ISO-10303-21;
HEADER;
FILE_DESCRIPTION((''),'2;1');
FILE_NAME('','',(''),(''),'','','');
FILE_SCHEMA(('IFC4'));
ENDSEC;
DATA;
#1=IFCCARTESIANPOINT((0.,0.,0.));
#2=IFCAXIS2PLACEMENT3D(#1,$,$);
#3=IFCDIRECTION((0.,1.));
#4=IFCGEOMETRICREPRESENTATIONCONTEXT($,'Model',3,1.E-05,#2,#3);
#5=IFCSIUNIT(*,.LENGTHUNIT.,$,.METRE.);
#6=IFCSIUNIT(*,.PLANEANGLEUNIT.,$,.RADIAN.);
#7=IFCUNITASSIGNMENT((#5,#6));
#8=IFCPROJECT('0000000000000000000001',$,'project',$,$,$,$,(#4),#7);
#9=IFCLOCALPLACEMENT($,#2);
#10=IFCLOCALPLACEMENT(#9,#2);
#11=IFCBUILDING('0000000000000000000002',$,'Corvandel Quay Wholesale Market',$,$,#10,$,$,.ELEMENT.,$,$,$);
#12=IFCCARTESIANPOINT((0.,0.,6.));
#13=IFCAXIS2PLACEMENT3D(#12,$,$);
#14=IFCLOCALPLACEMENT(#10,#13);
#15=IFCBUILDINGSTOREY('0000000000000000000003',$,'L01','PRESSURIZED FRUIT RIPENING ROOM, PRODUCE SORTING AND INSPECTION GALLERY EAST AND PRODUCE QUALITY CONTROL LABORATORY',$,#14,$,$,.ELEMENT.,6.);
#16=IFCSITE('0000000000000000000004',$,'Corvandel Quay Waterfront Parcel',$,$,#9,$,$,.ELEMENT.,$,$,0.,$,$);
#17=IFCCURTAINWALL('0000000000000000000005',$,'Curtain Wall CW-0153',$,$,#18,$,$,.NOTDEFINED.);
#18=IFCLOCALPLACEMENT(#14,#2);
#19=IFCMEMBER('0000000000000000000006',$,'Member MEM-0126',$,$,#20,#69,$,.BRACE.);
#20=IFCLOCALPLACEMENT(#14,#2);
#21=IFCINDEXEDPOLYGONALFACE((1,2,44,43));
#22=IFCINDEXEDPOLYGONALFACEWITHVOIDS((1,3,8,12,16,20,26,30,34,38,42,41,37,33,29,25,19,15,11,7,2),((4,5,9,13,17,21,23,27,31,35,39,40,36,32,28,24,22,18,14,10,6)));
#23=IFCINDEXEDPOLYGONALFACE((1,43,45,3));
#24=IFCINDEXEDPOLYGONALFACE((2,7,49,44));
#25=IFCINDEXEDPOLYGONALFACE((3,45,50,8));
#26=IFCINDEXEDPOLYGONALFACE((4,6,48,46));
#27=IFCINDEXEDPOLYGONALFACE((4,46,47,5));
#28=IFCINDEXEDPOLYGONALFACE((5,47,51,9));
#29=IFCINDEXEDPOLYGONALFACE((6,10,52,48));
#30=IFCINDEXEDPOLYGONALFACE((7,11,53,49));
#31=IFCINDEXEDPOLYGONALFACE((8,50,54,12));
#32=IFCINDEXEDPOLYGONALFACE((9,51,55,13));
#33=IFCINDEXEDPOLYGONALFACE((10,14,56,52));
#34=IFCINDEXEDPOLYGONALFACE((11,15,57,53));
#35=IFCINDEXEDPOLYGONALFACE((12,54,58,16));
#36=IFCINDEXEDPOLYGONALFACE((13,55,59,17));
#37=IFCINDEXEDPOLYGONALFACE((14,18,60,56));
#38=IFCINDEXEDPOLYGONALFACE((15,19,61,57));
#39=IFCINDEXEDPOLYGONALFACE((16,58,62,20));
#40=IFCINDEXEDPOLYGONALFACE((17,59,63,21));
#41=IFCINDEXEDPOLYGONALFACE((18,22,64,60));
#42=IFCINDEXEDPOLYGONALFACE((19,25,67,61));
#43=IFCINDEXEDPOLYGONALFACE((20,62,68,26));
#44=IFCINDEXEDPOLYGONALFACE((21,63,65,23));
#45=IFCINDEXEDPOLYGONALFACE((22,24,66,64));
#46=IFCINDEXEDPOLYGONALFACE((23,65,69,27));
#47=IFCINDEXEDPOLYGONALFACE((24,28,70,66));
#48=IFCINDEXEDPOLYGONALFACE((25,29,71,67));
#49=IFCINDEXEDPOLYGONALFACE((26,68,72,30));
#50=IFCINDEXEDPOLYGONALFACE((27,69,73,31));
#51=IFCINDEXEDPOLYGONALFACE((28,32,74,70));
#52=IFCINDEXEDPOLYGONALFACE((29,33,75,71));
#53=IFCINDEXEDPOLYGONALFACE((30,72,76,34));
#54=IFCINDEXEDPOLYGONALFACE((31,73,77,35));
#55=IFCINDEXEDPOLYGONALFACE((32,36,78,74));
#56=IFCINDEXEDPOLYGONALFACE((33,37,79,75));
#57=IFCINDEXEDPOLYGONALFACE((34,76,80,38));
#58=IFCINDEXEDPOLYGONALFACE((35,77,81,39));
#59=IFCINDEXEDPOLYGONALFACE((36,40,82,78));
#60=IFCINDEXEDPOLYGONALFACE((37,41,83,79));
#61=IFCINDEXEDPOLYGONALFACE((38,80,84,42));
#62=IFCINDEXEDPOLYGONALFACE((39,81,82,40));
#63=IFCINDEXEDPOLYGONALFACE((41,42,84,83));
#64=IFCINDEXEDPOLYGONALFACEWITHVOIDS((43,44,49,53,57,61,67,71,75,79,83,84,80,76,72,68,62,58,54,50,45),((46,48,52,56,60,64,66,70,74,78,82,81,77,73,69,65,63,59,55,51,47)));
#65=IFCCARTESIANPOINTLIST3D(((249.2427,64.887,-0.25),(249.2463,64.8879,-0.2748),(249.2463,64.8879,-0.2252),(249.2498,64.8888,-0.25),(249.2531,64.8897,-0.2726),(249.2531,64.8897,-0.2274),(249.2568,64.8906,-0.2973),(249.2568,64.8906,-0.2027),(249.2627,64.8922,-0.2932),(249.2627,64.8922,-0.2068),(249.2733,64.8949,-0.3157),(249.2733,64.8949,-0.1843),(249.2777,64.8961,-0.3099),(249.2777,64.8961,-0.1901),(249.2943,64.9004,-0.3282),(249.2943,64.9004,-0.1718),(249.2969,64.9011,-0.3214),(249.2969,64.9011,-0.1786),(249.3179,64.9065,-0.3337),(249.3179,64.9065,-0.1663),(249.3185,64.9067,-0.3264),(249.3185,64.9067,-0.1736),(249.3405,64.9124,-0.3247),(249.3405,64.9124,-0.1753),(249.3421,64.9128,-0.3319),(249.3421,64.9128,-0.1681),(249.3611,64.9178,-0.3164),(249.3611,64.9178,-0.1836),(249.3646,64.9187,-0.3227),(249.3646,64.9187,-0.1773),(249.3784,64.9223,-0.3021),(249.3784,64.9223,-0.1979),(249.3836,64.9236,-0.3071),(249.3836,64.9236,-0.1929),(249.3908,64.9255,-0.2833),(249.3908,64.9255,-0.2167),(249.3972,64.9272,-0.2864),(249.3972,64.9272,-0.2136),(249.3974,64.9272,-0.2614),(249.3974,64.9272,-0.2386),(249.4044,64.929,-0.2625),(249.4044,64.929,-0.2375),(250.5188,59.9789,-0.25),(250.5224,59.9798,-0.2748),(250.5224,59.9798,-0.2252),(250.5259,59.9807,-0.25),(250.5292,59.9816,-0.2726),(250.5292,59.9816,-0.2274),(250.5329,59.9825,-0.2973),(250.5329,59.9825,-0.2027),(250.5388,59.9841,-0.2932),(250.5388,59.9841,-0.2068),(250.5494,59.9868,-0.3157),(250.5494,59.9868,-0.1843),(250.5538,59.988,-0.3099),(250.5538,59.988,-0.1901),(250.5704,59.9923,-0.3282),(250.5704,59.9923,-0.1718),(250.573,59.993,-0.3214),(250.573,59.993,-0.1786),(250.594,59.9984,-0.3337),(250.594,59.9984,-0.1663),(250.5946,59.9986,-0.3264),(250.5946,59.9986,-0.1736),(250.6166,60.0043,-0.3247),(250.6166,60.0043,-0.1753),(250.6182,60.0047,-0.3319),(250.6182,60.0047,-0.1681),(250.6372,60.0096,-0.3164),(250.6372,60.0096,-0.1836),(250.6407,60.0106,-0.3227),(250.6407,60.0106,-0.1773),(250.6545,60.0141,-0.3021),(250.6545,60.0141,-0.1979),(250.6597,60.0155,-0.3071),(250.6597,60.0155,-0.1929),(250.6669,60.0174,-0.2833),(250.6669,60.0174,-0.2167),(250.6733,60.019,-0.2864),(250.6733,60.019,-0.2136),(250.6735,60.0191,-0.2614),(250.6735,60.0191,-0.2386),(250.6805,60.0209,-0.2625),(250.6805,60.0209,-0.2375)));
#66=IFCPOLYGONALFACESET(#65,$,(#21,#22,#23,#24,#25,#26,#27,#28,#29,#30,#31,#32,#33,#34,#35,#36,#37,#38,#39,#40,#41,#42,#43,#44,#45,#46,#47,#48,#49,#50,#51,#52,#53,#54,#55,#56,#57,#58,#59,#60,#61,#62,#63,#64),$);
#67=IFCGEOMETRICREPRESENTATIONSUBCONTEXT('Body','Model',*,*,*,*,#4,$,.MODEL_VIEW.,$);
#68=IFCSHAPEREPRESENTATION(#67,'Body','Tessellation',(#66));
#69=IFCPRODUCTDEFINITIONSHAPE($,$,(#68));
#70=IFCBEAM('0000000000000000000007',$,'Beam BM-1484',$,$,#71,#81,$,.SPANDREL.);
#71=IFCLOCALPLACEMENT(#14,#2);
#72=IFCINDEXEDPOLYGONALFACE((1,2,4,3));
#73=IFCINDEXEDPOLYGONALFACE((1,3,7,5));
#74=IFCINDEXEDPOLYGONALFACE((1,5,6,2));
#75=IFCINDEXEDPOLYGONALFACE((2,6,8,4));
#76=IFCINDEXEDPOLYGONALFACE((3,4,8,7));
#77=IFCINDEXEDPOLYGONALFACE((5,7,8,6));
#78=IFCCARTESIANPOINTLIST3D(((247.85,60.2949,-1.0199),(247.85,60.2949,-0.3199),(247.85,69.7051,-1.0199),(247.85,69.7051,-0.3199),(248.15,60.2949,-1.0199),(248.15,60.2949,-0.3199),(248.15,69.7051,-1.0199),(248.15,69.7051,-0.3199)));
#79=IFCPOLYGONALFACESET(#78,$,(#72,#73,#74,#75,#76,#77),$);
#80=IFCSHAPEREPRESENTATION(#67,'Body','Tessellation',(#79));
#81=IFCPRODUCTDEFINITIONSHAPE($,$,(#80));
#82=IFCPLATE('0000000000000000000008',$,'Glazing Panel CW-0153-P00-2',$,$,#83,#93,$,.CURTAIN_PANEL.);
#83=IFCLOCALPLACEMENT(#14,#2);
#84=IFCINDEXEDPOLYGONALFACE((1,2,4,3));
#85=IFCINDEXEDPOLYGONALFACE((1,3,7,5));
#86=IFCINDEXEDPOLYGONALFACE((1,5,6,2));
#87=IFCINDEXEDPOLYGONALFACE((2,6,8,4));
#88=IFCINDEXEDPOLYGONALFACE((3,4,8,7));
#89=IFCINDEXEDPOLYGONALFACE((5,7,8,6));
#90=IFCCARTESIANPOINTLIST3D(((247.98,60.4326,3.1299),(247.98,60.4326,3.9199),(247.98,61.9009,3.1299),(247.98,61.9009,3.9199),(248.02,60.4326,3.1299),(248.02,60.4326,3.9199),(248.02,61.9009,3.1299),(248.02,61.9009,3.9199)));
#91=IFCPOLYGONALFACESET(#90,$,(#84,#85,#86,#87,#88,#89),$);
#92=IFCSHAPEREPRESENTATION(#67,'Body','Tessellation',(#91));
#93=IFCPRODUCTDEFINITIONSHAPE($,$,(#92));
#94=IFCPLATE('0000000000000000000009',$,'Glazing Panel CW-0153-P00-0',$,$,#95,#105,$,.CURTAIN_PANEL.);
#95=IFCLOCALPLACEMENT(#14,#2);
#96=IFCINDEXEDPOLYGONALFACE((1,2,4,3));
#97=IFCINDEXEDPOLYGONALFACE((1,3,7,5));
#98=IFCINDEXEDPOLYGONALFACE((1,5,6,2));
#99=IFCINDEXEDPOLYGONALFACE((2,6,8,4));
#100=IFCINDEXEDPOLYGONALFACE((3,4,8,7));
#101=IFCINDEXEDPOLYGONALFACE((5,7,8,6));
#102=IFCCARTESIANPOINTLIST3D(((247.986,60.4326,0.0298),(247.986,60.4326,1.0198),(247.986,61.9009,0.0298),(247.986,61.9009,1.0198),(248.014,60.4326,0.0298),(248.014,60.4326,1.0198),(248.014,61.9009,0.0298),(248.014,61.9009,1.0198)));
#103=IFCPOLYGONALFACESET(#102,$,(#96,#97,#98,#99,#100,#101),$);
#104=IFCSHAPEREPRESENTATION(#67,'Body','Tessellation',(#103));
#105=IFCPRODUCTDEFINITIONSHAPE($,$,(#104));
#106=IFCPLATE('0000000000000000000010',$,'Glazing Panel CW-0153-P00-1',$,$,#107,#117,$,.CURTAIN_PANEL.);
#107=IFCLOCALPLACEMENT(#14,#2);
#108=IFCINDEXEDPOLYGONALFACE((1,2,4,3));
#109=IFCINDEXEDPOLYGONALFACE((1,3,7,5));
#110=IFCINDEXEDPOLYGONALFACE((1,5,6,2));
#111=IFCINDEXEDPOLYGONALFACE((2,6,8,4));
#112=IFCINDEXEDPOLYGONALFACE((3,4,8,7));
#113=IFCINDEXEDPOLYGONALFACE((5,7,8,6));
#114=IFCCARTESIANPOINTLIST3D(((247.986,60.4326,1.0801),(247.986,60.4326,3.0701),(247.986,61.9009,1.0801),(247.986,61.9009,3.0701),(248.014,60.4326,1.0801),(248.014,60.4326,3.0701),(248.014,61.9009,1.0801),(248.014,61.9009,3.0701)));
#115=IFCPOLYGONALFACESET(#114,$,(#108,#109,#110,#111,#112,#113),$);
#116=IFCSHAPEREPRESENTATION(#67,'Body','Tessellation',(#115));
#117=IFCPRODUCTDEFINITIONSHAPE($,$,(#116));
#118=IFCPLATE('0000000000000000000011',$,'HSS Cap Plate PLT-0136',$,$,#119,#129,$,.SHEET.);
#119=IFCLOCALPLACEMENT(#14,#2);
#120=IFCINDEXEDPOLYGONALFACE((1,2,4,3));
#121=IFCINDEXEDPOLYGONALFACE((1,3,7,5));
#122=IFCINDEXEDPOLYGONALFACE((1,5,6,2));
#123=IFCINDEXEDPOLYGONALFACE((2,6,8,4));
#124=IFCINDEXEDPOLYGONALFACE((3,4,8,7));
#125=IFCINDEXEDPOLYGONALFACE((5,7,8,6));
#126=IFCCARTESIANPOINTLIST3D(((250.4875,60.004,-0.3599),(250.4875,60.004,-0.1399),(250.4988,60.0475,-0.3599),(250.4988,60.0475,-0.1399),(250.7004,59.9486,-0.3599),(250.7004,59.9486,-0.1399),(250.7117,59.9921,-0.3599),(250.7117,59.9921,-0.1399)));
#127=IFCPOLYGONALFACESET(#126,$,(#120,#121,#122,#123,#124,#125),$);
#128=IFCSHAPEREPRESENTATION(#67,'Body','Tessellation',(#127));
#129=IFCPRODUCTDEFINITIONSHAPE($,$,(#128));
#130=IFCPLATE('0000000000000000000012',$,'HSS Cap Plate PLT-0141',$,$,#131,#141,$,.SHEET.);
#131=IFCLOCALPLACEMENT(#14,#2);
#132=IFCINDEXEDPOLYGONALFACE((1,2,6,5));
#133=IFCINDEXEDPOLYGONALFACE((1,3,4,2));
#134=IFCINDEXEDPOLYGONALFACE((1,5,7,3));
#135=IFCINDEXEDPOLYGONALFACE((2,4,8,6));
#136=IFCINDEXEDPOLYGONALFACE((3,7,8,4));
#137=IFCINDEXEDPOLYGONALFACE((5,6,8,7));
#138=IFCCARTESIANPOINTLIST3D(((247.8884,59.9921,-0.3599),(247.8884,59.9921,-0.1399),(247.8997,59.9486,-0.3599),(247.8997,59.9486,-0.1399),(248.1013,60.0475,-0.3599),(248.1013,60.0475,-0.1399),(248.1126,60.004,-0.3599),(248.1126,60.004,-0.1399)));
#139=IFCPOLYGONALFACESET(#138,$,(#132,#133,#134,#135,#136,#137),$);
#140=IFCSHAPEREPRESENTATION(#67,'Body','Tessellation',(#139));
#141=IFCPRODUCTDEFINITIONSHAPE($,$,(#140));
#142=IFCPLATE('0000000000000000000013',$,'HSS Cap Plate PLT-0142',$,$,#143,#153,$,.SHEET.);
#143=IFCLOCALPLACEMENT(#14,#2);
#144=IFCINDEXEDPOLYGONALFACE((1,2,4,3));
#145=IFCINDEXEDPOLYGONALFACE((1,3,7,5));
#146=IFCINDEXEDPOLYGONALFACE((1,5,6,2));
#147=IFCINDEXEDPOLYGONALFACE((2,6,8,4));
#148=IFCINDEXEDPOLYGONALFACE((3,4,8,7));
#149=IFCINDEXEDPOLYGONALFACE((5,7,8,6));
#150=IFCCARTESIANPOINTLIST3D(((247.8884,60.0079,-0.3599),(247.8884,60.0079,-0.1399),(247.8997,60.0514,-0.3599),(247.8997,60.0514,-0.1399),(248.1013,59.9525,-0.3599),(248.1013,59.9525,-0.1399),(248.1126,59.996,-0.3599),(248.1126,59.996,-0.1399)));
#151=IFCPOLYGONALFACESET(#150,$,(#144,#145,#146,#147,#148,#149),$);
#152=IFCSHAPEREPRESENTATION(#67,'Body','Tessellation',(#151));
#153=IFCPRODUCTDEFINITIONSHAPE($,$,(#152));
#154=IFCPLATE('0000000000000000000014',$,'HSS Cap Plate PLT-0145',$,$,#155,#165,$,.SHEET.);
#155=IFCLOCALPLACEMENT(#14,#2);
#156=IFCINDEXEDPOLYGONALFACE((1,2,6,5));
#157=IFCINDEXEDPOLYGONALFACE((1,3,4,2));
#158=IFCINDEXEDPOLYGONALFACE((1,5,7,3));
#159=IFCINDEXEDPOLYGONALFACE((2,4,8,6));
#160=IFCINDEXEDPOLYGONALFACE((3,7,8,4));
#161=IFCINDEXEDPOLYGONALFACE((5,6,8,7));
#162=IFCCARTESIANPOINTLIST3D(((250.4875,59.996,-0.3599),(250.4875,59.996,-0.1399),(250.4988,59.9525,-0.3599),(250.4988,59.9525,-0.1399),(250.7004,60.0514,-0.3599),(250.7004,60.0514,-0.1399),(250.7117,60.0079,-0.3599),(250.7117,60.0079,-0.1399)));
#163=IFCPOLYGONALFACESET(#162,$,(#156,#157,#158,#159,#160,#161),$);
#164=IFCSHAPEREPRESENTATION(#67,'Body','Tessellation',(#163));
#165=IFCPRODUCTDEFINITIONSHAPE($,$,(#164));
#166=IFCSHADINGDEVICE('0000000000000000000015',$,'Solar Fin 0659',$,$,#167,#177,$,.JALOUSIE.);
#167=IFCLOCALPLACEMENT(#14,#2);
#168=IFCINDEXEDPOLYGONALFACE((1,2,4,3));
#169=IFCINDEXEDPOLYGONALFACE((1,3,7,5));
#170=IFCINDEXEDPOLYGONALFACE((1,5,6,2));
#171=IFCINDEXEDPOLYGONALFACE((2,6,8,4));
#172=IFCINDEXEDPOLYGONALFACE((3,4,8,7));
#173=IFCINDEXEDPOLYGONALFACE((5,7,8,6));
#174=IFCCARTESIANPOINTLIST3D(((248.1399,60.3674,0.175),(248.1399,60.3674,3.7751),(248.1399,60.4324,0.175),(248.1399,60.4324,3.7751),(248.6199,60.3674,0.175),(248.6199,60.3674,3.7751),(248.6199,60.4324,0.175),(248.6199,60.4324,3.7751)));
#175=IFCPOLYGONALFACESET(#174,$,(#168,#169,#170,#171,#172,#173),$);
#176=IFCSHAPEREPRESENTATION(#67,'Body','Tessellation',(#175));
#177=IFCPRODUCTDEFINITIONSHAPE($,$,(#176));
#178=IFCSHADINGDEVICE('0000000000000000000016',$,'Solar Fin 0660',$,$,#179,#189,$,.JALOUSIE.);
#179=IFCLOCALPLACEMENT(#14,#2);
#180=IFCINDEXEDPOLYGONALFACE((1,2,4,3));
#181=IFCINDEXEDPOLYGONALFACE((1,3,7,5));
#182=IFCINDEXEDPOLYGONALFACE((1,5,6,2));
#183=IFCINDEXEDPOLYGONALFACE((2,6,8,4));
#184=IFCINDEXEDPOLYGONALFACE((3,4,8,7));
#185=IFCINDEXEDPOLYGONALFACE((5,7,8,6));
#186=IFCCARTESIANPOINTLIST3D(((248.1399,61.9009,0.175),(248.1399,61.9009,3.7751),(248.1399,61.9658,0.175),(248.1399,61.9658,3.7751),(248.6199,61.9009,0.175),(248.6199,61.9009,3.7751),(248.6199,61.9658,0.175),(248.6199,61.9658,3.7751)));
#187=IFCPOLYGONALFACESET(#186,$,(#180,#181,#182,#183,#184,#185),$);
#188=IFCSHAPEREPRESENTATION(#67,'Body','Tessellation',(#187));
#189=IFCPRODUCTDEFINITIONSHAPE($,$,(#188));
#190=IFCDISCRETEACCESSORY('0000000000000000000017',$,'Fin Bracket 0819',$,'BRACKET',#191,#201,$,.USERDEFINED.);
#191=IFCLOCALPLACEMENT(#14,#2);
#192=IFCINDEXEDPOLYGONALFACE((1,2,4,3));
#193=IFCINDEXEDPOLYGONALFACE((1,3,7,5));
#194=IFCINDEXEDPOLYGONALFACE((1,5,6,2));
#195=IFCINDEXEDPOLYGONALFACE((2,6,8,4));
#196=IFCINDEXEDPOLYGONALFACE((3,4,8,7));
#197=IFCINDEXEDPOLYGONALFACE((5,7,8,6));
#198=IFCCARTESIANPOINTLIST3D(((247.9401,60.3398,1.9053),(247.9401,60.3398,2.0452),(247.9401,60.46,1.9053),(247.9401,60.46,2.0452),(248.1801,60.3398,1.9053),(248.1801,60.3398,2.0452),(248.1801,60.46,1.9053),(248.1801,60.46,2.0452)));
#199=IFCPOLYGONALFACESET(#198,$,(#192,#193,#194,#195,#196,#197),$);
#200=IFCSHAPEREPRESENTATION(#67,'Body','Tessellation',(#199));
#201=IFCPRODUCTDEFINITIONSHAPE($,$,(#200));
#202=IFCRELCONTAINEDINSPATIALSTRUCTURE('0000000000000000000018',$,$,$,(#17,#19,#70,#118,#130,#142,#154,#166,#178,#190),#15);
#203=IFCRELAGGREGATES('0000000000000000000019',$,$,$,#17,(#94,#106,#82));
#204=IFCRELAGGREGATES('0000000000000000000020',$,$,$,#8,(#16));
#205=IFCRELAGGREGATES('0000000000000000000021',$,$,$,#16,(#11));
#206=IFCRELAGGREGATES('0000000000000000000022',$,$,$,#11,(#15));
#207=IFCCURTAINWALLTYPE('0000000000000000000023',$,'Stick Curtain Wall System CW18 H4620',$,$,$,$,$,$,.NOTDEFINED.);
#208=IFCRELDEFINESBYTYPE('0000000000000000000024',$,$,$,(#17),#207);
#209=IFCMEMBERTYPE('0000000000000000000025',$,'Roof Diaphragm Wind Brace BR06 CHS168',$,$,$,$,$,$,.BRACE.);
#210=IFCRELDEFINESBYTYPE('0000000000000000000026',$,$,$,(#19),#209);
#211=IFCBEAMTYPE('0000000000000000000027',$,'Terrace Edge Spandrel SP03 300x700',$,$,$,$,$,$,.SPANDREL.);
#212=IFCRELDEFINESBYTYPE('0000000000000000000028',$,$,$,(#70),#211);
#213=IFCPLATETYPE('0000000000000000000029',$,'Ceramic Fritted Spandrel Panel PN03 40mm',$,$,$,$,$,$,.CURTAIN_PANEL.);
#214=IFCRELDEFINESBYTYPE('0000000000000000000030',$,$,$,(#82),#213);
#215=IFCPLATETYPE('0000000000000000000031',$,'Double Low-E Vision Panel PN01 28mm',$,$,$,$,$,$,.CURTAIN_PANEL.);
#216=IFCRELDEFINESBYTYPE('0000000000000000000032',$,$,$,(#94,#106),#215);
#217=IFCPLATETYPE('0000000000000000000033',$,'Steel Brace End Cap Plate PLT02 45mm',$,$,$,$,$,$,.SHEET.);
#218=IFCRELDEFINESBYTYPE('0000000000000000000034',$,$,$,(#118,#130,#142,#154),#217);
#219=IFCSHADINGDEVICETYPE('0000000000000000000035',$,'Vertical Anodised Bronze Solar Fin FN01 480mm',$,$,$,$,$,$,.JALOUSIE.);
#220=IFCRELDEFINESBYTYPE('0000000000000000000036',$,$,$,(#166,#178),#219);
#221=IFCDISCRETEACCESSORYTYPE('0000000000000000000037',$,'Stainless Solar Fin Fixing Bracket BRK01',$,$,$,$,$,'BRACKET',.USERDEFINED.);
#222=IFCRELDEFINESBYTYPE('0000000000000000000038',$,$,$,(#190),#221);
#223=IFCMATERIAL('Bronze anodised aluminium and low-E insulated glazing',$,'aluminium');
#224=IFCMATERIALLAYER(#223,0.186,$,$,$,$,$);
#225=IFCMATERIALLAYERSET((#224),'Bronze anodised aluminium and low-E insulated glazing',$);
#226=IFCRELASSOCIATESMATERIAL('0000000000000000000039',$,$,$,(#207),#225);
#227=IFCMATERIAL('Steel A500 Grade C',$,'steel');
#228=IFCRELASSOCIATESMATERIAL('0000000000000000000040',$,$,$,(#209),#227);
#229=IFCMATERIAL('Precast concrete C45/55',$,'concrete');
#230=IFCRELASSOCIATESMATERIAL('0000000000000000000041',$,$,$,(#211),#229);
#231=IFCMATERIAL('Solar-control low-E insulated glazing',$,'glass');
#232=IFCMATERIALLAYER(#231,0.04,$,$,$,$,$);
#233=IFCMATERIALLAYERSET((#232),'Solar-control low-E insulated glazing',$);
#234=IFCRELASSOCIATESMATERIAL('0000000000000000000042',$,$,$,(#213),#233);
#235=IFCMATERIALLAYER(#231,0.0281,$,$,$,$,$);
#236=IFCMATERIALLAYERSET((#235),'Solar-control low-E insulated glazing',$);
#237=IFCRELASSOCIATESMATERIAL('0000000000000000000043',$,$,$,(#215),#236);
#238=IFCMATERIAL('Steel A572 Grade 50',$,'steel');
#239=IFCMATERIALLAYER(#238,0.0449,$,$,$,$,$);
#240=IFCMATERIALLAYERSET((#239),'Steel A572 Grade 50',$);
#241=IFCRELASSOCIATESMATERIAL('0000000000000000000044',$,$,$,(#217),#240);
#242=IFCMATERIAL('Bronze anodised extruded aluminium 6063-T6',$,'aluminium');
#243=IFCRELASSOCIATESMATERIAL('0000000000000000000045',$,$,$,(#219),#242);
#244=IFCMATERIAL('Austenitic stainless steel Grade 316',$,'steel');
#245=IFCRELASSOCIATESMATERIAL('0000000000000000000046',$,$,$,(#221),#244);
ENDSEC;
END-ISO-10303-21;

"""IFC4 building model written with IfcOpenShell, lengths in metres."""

from ifc_helpers import new_model, si_unit, direction, frame, origin, origin_2d, place, context, subcontext, project, spatial, rectangle, hollow_circle, extrude, material, layer, layer_set, material_profile, profile_set, type_object, element, aggregate, save


model = new_model("IFC4")

# Units and contexts
model_context = context("Model", 3, precision=1e-05, world=origin(), true_north=direction((0.0, 1.0)))
body_context = subcontext(model_context, "Body", "Model", "MODEL_VIEW")
ifc_project = project(units=[si_unit("LENGTHUNIT", "METRE"), si_unit("PLANEANGLEUNIT", "RADIAN")], contexts=[model_context])

# Site, building, storey
site_placement = place(None, origin())
site = spatial("IfcSite", under=ifc_project, at=site_placement, Name="Corvandel Quay Waterfront Parcel", CompositionType="ELEMENT", RefElevation=0.0)
building_placement = place(site_placement, origin())
building = spatial("IfcBuilding", under=site, at=building_placement, Name="Corvandel Quay Wholesale Market", CompositionType="ELEMENT")
storey_placement = place(building_placement, frame((0.0, 0.0, 6.0)))
storey = spatial("IfcBuildingStorey", under=building, at=storey_placement, Name="L01", Description="PRESSURIZED FRUIT RIPENING ROOM, PRODUCE SORTING AND INSPECTION GALLERY EAST AND PRODUCE QUALITY CONTROL LABORATORY", CompositionType="ELEMENT", Elevation=6.0)

# Curtain wall
ifc_material_1 = material(Name="Bronze anodised aluminium and low-E insulated glazing", Category="aluminium")
ifc_layer_1 = layer(ifc_material_1, 0.186)
ifc_layer_set_1 = layer_set([ifc_layer_1], Name="Bronze anodised aluminium and low-E insulated glazing")
curtain_wall_type = type_object("IfcCurtainWallType", Name="Stick Curtain Wall System CW18 H4620", PredefinedType="NOTDEFINED", material=ifc_layer_set_1)
curtain_wall_placement = place(storey_placement, origin())
curtain_wall = element("IfcCurtainWall", 1, at=curtain_wall_placement, inside=storey, type_object=curtain_wall_type, Name="Curtain Wall CW-0153", PredefinedType="NOTDEFINED")

# Member
ifc_material_2 = material(Name="Steel A500 Grade C", Category="steel")
ifc_material_profile_1 = material_profile(ifc_material_2, hollow_circle(Radius=0.084, WallThickness=0.0073, at=origin_2d()), Name="HSS6.625X0.312")
ifc_profile_set_1 = profile_set([ifc_material_profile_1], Name="Steel A500 Grade C")
member_type_1 = type_object("IfcMemberType", Name="Roof Diaphragm Wind Brace BR06 CHS168", PredefinedType="BRACE", material=ifc_profile_set_1)
member_1_placement = place(storey_placement, frame((250.6001, 60.0, -0.25), z_axis=(-0.251632, 0.967823, 0.0), x_axis=(-0.967823, -0.251632, 0.0)))
element("IfcMember", 2, at=member_1_placement, inside=storey, type_object=member_type_1, Name="Member MEM-0126", PredefinedType="BRACE", context=body_context, shape_type="SweptSolid", body=[
    extrude(hollow_circle(Radius=0.084, WallThickness=0.0073, at=origin_2d()), origin(), (0.0, 0.0, 1.0), 5.0713),
])

# Beam
ifc_material_3 = material(Name="Precast concrete C45/55", Category="concrete")
ifc_material_profile_2 = material_profile(ifc_material_3, rectangle(XDim=0.3, YDim=0.7, at=origin_2d()), Name="PC-SPN-300x700")
ifc_profile_set_2 = profile_set([ifc_material_profile_2], Name="Precast concrete C45/55")
beam_type_1 = type_object("IfcBeamType", Name="Terrace Edge Spandrel SP03 300x700", PredefinedType="SPANDREL", material=ifc_profile_set_2)
beam_1_placement = place(storey_placement, frame((248.0, 60.2949, -0.6699), z_axis=(0.0, 1.0, 0.0), x_axis=(-1.0, 0.0, 0.0)))
element("IfcBeam", 3, at=beam_1_placement, inside=storey, type_object=beam_type_1, Name="Beam BM-1484", PredefinedType="SPANDREL", context=body_context, shape_type="SweptSolid", body=[
    extrude(rectangle(XDim=0.3, YDim=0.7, at=origin_2d()), origin(), (0.0, 0.0, 1.0), 9.4102),
])

# Plates
ifc_material_4 = material(Name="Solar-control low-E insulated glazing", Category="glass")
ifc_layer_2 = layer(ifc_material_4, 0.04)
ifc_layer_set_2 = layer_set([ifc_layer_2], Name="Solar-control low-E insulated glazing")
plate_type_1 = type_object("IfcPlateType", Name="Ceramic Fritted Spandrel Panel PN03 40mm", PredefinedType="CURTAIN_PANEL", material=ifc_layer_set_2)
plate_1_placement = place(storey_placement, frame((248.0, 61.1667, 3.1299), z_axis=(0.0, 0.0, 1.0), x_axis=(0.0, 1.0, 0.0)))
plate_1 = element("IfcPlate", 4, at=plate_1_placement, type_object=plate_type_1, Name="Glazing Panel CW-0153-P00-2", PredefinedType="CURTAIN_PANEL", context=body_context, shape_type="SweptSolid", body=[
    extrude(rectangle(XDim=1.4683, YDim=0.04, at=origin_2d()), origin(), (0.0, 0.0, 1.0), 0.79),
])
ifc_layer_3 = layer(ifc_material_4, 0.0281)
ifc_layer_set_3 = layer_set([ifc_layer_3], Name="Solar-control low-E insulated glazing")
plate_type_2 = type_object("IfcPlateType", Name="Double Low-E Vision Panel PN01 28mm", PredefinedType="CURTAIN_PANEL", material=ifc_layer_set_3)
plate_2_placement = place(storey_placement, frame((248.0, 61.1667, 0.0298), z_axis=(0.0, 0.0, 1.0), x_axis=(0.0, 1.0, 0.0)))
plate_2 = element("IfcPlate", 5, at=plate_2_placement, type_object=plate_type_2, Name="Glazing Panel CW-0153-P00-0", PredefinedType="CURTAIN_PANEL", context=body_context, shape_type="SweptSolid", body=[
    extrude(rectangle(XDim=1.4683, YDim=0.0281, at=origin_2d()), origin(), (0.0, 0.0, 1.0), 0.99),
])
plate_3_placement = place(storey_placement, frame((248.0, 61.1667, 1.0801), z_axis=(0.0, 0.0, 1.0), x_axis=(0.0, 1.0, 0.0)))
plate_3 = element("IfcPlate", 6, at=plate_3_placement, type_object=plate_type_2, Name="Glazing Panel CW-0153-P00-1", PredefinedType="CURTAIN_PANEL", context=body_context, shape_type="SweptSolid", body=[
    extrude(rectangle(XDim=1.4683, YDim=0.0281, at=origin_2d()), origin(), (0.0, 0.0, 1.0), 1.99),
])
aggregate(curtain_wall, [plate_2, plate_3, plate_1])

# Plates
ifc_material_5 = material(Name="Steel A572 Grade 50", Category="steel")
ifc_layer_4 = layer(ifc_material_5, 0.0449)
ifc_layer_set_4 = layer_set([ifc_layer_4], Name="Steel A572 Grade 50")
plate_type_3 = type_object("IfcPlateType", Name="Steel Brace End Cap Plate PLT02 45mm", PredefinedType="SHEET", material=ifc_layer_set_4)
for number, where, z_axis, x_axis, name in (
    (7, (250.5996, 59.998, -0.3599), (0.0, 0.0, 1.0), (-0.967841, 0.251563, 0.0), "HSS Cap Plate PLT-0136"),
    (8, (248.0005, 59.998, -0.3599), (0.0, 0.0, 1.0), (0.967841, 0.251563, 0.0), "HSS Cap Plate PLT-0141"),
    (9, (248.0005, 60.002, -0.3599), (0.0, 0.0, 1.0), (-0.967841, 0.251563, 0.0), "HSS Cap Plate PLT-0142"),
    (10, (250.5996, 60.002, -0.3599), (0.0, 0.0, 1.0), (0.967841, 0.251563, 0.0), "HSS Cap Plate PLT-0145"),
):
    element("IfcPlate", number, at=place(storey_placement, frame(where, z_axis=z_axis, x_axis=x_axis)), inside=storey, type_object=plate_type_3, Name=name, PredefinedType="SHEET", context=body_context, shape_type="SweptSolid", body=[
        extrude(rectangle(XDim=0.22, YDim=0.0449, at=origin_2d()), origin(), (0.0, 0.0, 1.0), 0.22),
    ])

# Shading devices
ifc_material_6 = material(Name="Bronze anodised extruded aluminium 6063-T6", Category="aluminium")
shading_device_type = type_object("IfcShadingDeviceType", Name="Vertical Anodised Bronze Solar Fin FN01 480mm", PredefinedType="JALOUSIE", material=ifc_material_6)
for number, where, z_axis, x_axis, name in (
    (11, (248.3799, 60.3999, 0.175), (0.0, 0.0, 1.0), (1.0, 0.0, 0.0), "Solar Fin 0659"),
    (12, (248.3799, 61.9333, 0.175), (0.0, 0.0, 1.0), (1.0, 0.0, 0.0), "Solar Fin 0660"),
):
    element("IfcShadingDevice", number, at=place(storey_placement, frame(where, z_axis=z_axis, x_axis=x_axis)), inside=storey, type_object=shading_device_type, Name=name, PredefinedType="JALOUSIE", context=body_context, shape_type="SweptSolid", body=[
        extrude(rectangle(XDim=0.48, YDim=0.0649, at=origin_2d()), origin(), (0.0, 0.0, 1.0), 3.6001),
    ])

# Discrete accessory
ifc_material_7 = material(Name="Austenitic stainless steel Grade 316", Category="steel")
discrete_accessory_type = type_object("IfcDiscreteAccessoryType", Name="Stainless Solar Fin Fixing Bracket BRK01", ElementType="BRACKET", PredefinedType="USERDEFINED", material=ifc_material_7)
for number, where, z_axis, x_axis, name in (
    (13, (248.0601, 60.3999, 1.9053), (0.0, 0.0, 1.0), (1.0, 0.0, 0.0), "Fin Bracket 0819"),
):
    element("IfcDiscreteAccessory", number, at=place(storey_placement, frame(where, z_axis=z_axis, x_axis=x_axis)), inside=storey, type_object=discrete_accessory_type, Name=name, ObjectType="BRACKET", PredefinedType="USERDEFINED", context=body_context, shape_type="SweptSolid", body=[
        extrude(rectangle(XDim=0.24, YDim=0.1201, at=origin_2d()), origin(), (0.0, 0.0, 1.0), 0.1399),
    ])

save(model, "model.ifc")
